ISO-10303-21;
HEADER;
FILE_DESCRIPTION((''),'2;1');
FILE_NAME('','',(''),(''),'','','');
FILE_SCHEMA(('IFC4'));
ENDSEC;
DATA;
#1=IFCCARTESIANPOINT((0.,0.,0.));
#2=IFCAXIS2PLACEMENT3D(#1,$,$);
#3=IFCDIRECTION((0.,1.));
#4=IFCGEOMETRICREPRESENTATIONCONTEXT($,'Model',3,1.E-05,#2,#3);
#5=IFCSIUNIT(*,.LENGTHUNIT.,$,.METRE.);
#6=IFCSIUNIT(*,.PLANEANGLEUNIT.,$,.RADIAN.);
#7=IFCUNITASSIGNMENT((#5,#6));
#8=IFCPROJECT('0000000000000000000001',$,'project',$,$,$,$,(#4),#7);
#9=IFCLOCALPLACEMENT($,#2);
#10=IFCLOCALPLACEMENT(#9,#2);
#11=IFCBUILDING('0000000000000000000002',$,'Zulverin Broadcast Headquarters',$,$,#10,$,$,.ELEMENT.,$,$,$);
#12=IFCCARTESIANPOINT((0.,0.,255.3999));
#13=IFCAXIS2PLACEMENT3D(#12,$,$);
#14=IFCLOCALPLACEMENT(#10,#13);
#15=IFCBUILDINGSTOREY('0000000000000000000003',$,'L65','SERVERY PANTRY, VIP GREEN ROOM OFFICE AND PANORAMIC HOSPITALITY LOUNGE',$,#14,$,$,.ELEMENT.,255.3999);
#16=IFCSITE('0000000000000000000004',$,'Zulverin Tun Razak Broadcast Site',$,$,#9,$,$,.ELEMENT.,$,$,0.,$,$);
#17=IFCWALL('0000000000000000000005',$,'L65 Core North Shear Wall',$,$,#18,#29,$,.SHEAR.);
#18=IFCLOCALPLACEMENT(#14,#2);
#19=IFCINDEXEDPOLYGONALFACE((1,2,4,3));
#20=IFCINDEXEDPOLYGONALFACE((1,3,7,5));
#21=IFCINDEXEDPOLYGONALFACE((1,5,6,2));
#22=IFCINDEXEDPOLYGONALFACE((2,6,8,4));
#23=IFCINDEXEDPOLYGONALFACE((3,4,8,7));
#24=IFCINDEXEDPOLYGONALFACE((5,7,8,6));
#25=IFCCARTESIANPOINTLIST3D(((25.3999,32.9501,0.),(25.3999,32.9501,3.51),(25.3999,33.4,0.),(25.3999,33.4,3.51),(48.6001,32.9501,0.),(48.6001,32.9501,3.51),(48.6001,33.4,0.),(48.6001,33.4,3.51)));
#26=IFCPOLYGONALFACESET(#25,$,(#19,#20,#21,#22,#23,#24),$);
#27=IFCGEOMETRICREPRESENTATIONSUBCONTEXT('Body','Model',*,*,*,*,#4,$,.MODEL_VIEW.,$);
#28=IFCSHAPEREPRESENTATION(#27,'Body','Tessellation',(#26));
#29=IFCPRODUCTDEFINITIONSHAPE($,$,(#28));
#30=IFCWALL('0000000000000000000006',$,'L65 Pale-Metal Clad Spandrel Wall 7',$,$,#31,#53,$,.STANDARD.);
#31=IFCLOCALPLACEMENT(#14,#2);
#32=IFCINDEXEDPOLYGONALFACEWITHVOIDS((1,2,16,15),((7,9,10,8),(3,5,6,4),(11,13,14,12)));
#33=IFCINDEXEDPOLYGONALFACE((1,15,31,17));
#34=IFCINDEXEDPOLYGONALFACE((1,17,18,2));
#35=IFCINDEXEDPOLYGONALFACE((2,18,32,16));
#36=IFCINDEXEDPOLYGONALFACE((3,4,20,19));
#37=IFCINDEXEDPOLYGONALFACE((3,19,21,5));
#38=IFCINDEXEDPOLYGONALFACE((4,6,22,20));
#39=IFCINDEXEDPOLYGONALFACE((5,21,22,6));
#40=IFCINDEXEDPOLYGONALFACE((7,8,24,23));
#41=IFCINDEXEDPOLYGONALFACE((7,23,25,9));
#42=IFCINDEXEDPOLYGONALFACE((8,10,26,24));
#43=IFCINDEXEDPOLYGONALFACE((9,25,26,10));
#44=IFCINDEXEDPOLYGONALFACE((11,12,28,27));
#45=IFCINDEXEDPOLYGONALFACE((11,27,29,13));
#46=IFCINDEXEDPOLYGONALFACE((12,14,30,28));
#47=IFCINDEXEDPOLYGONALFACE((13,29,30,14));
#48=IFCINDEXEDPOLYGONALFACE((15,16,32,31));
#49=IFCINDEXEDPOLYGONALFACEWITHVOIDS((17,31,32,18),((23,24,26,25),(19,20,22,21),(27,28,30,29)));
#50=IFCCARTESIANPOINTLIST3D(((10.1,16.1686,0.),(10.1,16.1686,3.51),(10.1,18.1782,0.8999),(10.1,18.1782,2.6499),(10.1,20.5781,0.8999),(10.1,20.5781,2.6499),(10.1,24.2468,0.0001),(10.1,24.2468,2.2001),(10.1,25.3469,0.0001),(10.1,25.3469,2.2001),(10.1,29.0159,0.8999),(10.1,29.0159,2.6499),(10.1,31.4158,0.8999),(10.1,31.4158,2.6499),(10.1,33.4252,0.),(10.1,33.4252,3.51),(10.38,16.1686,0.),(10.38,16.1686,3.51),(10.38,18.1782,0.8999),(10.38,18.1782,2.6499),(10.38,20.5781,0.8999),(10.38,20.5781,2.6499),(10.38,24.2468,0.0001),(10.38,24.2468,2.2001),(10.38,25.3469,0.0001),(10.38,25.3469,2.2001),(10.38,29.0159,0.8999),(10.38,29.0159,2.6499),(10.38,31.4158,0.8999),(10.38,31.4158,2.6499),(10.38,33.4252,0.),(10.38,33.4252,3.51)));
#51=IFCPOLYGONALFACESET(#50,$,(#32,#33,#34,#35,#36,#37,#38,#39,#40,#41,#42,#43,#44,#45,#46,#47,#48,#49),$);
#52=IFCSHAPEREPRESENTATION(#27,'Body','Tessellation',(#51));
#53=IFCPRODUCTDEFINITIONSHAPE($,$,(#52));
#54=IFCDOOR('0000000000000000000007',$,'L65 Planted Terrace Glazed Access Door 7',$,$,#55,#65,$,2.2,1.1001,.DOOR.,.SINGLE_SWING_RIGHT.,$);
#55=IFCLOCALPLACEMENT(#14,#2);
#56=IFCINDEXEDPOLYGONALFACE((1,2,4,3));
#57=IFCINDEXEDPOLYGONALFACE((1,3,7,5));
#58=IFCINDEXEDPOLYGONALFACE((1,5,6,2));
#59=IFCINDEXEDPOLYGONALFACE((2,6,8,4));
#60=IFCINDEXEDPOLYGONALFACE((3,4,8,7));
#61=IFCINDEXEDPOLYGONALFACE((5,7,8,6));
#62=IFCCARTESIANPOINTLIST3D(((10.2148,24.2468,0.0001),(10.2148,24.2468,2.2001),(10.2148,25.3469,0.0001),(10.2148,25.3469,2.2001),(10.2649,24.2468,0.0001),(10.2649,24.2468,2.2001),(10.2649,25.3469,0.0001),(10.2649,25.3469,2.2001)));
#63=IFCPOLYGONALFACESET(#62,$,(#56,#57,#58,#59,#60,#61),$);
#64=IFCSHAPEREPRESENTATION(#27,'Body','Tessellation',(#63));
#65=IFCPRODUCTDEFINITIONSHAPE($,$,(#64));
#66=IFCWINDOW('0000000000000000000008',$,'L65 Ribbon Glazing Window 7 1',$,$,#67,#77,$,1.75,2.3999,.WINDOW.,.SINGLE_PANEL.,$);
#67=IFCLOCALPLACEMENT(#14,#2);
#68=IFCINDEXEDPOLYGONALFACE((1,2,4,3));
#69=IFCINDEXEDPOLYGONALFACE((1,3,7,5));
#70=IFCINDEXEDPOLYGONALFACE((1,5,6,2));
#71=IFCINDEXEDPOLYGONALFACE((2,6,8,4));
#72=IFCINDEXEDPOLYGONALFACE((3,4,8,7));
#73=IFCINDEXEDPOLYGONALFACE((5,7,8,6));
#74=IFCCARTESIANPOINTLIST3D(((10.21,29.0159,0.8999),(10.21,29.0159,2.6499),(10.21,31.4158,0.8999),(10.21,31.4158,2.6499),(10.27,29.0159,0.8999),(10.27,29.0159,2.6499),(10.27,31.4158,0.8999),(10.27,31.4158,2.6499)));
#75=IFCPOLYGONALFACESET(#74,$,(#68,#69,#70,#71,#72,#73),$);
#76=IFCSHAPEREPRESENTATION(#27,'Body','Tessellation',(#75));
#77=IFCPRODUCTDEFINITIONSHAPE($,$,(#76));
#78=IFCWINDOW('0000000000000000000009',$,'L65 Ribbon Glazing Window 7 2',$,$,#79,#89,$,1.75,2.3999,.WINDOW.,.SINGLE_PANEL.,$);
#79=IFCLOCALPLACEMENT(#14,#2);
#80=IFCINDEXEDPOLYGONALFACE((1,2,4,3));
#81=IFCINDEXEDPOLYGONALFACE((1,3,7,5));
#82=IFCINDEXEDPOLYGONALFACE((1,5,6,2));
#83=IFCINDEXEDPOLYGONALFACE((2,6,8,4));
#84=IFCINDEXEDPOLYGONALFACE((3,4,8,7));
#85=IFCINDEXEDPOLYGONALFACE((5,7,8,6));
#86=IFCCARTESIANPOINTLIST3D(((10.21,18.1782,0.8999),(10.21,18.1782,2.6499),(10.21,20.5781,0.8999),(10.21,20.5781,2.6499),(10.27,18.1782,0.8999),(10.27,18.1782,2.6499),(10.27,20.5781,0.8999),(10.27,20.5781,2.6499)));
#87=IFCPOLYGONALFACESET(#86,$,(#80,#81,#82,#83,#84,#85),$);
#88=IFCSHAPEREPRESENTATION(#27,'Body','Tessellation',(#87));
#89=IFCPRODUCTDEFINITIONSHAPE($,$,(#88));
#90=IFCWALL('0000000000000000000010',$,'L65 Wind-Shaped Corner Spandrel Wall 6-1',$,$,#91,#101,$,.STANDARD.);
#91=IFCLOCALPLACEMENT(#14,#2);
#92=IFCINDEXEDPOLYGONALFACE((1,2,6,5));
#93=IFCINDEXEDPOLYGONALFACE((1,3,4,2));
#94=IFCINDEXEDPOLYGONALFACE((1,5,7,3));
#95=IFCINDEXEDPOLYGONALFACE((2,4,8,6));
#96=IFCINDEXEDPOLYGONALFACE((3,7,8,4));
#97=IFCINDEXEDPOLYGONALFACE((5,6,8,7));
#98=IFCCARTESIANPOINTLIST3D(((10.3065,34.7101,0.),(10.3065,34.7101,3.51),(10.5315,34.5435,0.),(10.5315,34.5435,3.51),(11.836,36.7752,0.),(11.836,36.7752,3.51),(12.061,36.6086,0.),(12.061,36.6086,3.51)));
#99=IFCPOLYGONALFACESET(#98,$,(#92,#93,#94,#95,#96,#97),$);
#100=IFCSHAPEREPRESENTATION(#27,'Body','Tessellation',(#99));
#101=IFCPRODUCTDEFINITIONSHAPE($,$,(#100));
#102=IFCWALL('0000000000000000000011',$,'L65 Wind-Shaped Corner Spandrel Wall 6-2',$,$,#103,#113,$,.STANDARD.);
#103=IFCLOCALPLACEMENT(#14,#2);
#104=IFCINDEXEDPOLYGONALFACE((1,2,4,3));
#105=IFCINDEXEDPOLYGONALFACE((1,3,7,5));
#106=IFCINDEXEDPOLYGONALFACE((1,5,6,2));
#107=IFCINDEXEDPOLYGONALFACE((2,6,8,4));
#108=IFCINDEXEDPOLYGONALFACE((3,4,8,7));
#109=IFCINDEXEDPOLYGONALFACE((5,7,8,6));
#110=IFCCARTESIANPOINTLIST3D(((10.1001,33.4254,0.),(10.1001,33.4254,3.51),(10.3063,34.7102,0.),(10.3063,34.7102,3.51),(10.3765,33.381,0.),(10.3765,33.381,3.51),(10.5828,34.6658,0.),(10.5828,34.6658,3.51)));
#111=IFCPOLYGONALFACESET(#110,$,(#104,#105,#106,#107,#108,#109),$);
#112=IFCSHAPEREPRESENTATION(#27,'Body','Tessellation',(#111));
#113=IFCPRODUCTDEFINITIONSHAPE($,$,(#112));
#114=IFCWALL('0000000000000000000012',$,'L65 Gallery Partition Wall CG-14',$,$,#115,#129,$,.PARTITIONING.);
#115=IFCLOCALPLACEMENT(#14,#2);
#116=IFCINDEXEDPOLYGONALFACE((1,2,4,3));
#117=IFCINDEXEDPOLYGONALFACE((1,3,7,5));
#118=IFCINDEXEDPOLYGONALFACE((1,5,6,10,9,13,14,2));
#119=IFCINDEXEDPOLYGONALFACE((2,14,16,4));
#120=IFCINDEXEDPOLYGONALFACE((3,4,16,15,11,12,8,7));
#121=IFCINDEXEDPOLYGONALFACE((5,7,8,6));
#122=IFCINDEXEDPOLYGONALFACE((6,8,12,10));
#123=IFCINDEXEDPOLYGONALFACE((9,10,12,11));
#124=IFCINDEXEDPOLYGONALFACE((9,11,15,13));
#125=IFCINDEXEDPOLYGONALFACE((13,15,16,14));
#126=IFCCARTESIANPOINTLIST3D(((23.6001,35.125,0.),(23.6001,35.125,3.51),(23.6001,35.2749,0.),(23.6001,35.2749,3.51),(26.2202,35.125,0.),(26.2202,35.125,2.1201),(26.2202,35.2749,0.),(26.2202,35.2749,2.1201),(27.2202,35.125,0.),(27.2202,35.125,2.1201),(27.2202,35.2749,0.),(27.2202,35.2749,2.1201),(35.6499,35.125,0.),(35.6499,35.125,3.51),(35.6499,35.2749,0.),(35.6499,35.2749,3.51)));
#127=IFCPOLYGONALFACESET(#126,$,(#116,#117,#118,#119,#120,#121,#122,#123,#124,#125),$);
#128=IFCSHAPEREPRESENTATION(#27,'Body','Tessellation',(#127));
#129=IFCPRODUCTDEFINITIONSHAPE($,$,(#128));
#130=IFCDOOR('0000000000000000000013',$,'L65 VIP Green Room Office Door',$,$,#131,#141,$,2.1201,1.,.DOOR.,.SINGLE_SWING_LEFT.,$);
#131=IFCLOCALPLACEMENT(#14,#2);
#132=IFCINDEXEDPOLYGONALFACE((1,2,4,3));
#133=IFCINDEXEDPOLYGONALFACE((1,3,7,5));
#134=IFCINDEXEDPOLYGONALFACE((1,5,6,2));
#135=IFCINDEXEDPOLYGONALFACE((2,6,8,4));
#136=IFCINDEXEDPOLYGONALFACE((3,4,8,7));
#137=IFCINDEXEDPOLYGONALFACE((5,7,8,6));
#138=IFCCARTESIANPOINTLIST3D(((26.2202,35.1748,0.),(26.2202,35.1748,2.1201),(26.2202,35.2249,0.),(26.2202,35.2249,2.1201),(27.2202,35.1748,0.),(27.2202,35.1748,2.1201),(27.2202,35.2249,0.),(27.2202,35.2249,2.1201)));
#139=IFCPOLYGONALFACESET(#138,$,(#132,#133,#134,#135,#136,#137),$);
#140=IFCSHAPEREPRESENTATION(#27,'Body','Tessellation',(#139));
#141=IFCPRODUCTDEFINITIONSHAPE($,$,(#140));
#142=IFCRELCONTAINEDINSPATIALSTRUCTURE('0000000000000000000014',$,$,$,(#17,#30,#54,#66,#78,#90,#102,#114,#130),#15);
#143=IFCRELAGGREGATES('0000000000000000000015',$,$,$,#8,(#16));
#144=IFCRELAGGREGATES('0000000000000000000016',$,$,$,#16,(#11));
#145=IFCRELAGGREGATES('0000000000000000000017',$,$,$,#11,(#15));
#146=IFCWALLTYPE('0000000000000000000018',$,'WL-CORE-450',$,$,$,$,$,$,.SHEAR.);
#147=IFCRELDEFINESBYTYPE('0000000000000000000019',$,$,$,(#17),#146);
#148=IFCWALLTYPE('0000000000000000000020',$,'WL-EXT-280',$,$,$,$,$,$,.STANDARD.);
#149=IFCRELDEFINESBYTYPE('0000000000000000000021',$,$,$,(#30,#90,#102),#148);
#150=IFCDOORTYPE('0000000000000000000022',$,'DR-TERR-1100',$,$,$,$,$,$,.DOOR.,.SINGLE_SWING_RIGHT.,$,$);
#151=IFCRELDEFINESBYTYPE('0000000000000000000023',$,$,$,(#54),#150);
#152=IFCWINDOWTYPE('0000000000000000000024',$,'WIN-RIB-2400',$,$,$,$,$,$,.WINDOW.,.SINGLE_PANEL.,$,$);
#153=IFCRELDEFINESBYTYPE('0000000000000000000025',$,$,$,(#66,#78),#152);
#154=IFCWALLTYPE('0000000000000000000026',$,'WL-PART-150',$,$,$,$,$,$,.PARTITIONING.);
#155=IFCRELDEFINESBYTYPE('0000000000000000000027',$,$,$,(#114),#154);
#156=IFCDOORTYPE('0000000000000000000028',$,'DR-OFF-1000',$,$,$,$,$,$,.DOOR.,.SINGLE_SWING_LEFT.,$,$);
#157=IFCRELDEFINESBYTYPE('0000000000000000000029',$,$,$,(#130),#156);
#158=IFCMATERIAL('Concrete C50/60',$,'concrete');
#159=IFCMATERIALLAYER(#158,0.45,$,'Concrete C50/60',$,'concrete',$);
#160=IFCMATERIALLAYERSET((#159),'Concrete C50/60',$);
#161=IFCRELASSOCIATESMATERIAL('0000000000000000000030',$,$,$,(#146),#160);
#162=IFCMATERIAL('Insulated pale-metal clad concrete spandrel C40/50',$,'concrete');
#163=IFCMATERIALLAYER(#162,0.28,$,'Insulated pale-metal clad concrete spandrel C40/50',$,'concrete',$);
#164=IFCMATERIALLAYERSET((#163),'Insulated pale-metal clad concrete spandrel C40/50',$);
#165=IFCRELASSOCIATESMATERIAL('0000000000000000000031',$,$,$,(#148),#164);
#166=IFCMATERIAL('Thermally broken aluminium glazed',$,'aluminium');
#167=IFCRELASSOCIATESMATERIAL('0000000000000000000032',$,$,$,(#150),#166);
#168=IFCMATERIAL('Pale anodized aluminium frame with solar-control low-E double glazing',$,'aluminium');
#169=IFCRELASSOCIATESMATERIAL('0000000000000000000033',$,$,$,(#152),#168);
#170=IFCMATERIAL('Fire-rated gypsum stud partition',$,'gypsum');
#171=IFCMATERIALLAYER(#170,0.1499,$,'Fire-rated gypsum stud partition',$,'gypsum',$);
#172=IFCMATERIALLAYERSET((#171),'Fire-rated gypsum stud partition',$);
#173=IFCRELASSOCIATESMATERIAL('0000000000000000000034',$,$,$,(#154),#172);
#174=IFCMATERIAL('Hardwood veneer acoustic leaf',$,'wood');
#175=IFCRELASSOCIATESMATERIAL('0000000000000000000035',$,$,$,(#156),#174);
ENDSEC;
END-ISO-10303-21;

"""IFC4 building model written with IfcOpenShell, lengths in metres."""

from ifc_helpers import new_model, si_unit, direction, frame, frame_2d, origin, place, context, subcontext, project, spatial, rectangle, extrude, material, layer, layer_set, type_object, element, fill, save


model = new_model("IFC4")

# Units and contexts
model_context = context("Model", 3, precision=1e-05, world=origin(), true_north=direction((0.0, 1.0)))
body_context = subcontext(model_context, "Body", "Model", "MODEL_VIEW")
ifc_project = project(units=[si_unit("LENGTHUNIT", "METRE"), si_unit("PLANEANGLEUNIT", "RADIAN")], contexts=[model_context])

# Site, building, storey
site_placement = place(None, origin())
site = spatial("IfcSite", under=ifc_project, at=site_placement, Name="Zulverin Tun Razak Broadcast Site", CompositionType="ELEMENT", RefElevation=0.0)
building_placement = place(site_placement, origin())
building = spatial("IfcBuilding", under=site, at=building_placement, Name="Zulverin Broadcast Headquarters", CompositionType="ELEMENT")
storey_placement = place(building_placement, frame((0.0, 0.0, 255.3999)))
storey = spatial("IfcBuildingStorey", under=building, at=storey_placement, Name="L65", Description="SERVERY PANTRY, VIP GREEN ROOM OFFICE AND PANORAMIC HOSPITALITY LOUNGE", CompositionType="ELEMENT", Elevation=255.3999)

# Shared definitions
ifc_material_1 = material(Name="Concrete C50/60", Category="concrete")

# Wall
ifc_layer_1 = layer(ifc_material_1, 0.45, Name="Concrete C50/60", Category="concrete")
ifc_layer_set_1 = layer_set([ifc_layer_1], Name="Concrete C50/60")
wall_type_1 = type_object("IfcWallType", Name="WL-CORE-450", PredefinedType="SHEAR", material=ifc_layer_set_1)
wall_1_placement = place(storey_placement, frame((25.3999, 33.175, 0.0), z_axis=(0.0, 0.0, 1.0), x_axis=(1.0, 0.0, 0.0)))
element("IfcWall", 1, at=wall_1_placement, inside=storey, type_object=wall_type_1, Name="L65 Core North Shear Wall", PredefinedType="SHEAR", context=body_context, shape_type="SweptSolid", body=[
    extrude(rectangle(XDim=23.2002, YDim=0.45, at=frame_2d((11.6001, 0.0))), origin(), (0.0, 0.0, 1.0), 3.51),
])

# Wall, openings, door, windows
ifc_material_2 = material(Name="Insulated pale-metal clad concrete spandrel C40/50", Category="concrete")
ifc_layer_2 = layer(ifc_material_2, 0.28, Name="Insulated pale-metal clad concrete spandrel C40/50", Category="concrete")
ifc_layer_set_2 = layer_set([ifc_layer_2], Name="Insulated pale-metal clad concrete spandrel C40/50")
wall_type_2 = type_object("IfcWallType", Name="WL-EXT-280", PredefinedType="STANDARD", material=ifc_layer_set_2)
wall_2_placement = place(storey_placement, frame((10.24, 33.4253, 0.0), z_axis=(0.0, 0.0, 1.0), x_axis=(0.0, -1.0, 0.0)))
wall_2 = element("IfcWall", 2, at=wall_2_placement, inside=storey, type_object=wall_type_2, Name="L65 Pale-Metal Clad Spandrel Wall 7", PredefinedType="STANDARD", context=body_context, shape_type="SweptSolid", body=[
    extrude(rectangle(XDim=17.2566, YDim=0.28, at=frame_2d((8.6284, 0.0))), origin(), (0.0, 0.0, 1.0), 3.51),
])
opening_1_placement = place(wall_2_placement, frame((8.0784, 0.0, 0.0)))
opening_1 = element("IfcOpeningElement", 3, at=opening_1_placement, cuts=wall_2, PredefinedType="OPENING", context=body_context, shape_type="SweptSolid", body=[
    extrude(rectangle(XDim=1.1001, YDim=2.2, at=frame_2d((0.55, 1.1001))), frame((0.0, 0.1499, 0.0), z_axis=(0.0, -1.0, 0.0), x_axis=(1.0, 0.0, 0.0)), (0.0, 0.0, 1.0), 0.3),
])
opening_2_placement = place(wall_2_placement, frame((2.0095, 0.0, 0.8999)))
opening_2 = element("IfcOpeningElement", 4, at=opening_2_placement, cuts=wall_2, PredefinedType="OPENING", context=body_context, shape_type="SweptSolid", body=[
    extrude(rectangle(XDim=2.3999, YDim=1.75, at=frame_2d((1.2, 0.875))), frame((0.0, 0.1499, 0.0), z_axis=(0.0, -1.0, 0.0), x_axis=(1.0, 0.0, 0.0)), (0.0, 0.0, 1.0), 0.3),
])
opening_3_placement = place(wall_2_placement, frame((12.8472, 0.0, 0.8999)))
opening_3 = element("IfcOpeningElement", 5, at=opening_3_placement, cuts=wall_2, PredefinedType="OPENING", context=body_context, shape_type="SweptSolid", body=[
    extrude(rectangle(XDim=2.3999, YDim=1.75, at=frame_2d((1.2, 0.875))), frame((0.0, 0.1499, 0.0), z_axis=(0.0, -1.0, 0.0), x_axis=(1.0, 0.0, 0.0)), (0.0, 0.0, 1.0), 0.3),
])
ifc_material_3 = material(Name="Thermally broken aluminium glazed", Category="aluminium")
door_type_1 = type_object("IfcDoorType", Name="DR-TERR-1100", OperationType="SINGLE_SWING_RIGHT", PredefinedType="DOOR", material=ifc_material_3)
door_1_placement = place(opening_1_placement, origin())
door_1 = element("IfcDoor", 6, at=door_1_placement, inside=storey, type_object=door_type_1, Name="L65 Planted Terrace Glazed Access Door 7", OperationType="SINGLE_SWING_RIGHT", OverallHeight=2.2, OverallWidth=1.1001, PredefinedType="DOOR", context=body_context, shape_type="SweptSolid", body=[
    extrude(rectangle(XDim=1.1001, YDim=2.2, at=frame_2d((0.55, 1.1001))), frame((0.0, 0.0249, 0.0), z_axis=(0.0, -1.0, 0.0), x_axis=(1.0, 0.0, 0.0)), (0.0, 0.0, 1.0), 0.05),
])
fill(opening_1, door_1)
ifc_material_4 = material(Name="Pale anodized aluminium frame with solar-control low-E double glazing", Category="aluminium")
window_type = type_object("IfcWindowType", Name="WIN-RIB-2400", PartitioningType="SINGLE_PANEL", PredefinedType="WINDOW", material=ifc_material_4)
window_1_placement = place(opening_2_placement, origin())
window_1 = element("IfcWindow", 7, at=window_1_placement, inside=storey, type_object=window_type, Name="L65 Ribbon Glazing Window 7 1", OverallHeight=1.75, OverallWidth=2.3999, PartitioningType="SINGLE_PANEL", PredefinedType="WINDOW", context=body_context, shape_type="SweptSolid", body=[
    extrude(rectangle(XDim=2.3999, YDim=1.75, at=frame_2d((1.2, 0.875))), frame((0.0, 0.03, 0.0), z_axis=(0.0, -1.0, 0.0), x_axis=(1.0, 0.0, 0.0)), (0.0, 0.0, 1.0), 0.0601),
])
fill(opening_2, window_1)
window_2_placement = place(opening_3_placement, origin())
window_2 = element("IfcWindow", 8, at=window_2_placement, inside=storey, type_object=window_type, Name="L65 Ribbon Glazing Window 7 2", OverallHeight=1.75, OverallWidth=2.3999, PartitioningType="SINGLE_PANEL", PredefinedType="WINDOW", context=body_context, shape_type="SweptSolid", body=[
    extrude(rectangle(XDim=2.3999, YDim=1.75, at=frame_2d((1.2, 0.875))), frame((0.0, 0.03, 0.0), z_axis=(0.0, -1.0, 0.0), x_axis=(1.0, 0.0, 0.0)), (0.0, 0.0, 1.0), 0.0601),
])
fill(opening_3, window_2)

# Walls
wall_3_placement = place(storey_placement, frame((11.9485, 36.6919, 0.0), z_axis=(0.0, 0.0, 1.0), x_axis=(-0.595171, -0.803599, 0.0)))
element("IfcWall", 9, at=wall_3_placement, inside=storey, type_object=wall_type_2, Name="L65 Wind-Shaped Corner Spandrel Wall 6-1", PredefinedType="STANDARD", context=body_context, shape_type="SweptSolid", body=[
    extrude(rectangle(XDim=2.5698, YDim=0.28, at=frame_2d((1.2849, 0.0))), origin(), (0.0, 0.0, 1.0), 3.51),
])
wall_4_placement = place(storey_placement, frame((10.4446, 34.688, 0.0), z_axis=(0.0, 0.0, 1.0), x_axis=(-0.158525, -0.987355, 0.0)))
element("IfcWall", 10, at=wall_4_placement, inside=storey, type_object=wall_type_2, Name="L65 Wind-Shaped Corner Spandrel Wall 6-2", PredefinedType="STANDARD", context=body_context, shape_type="SweptSolid", body=[
    extrude(rectangle(XDim=1.3013, YDim=0.28, at=frame_2d((0.6506, 0.0))), origin(), (0.0, 0.0, 1.0), 3.51),
])

# Wall, opening, door
ifc_material_5 = material(Name="Fire-rated gypsum stud partition", Category="gypsum")
ifc_layer_3 = layer(ifc_material_5, 0.1499, Name="Fire-rated gypsum stud partition", Category="gypsum")
ifc_layer_set_3 = layer_set([ifc_layer_3], Name="Fire-rated gypsum stud partition")
wall_type_3 = type_object("IfcWallType", Name="WL-PART-150", PredefinedType="PARTITIONING", material=ifc_layer_set_3)
wall_5_placement = place(storey_placement, frame((23.6001, 35.2, 0.0), z_axis=(0.0, 0.0, 1.0), x_axis=(1.0, 0.0, 0.0)))
wall_5 = element("IfcWall", 11, at=wall_5_placement, inside=storey, type_object=wall_type_3, Name="L65 Gallery Partition Wall CG-14", PredefinedType="PARTITIONING", context=body_context, shape_type="SweptSolid", body=[
    extrude(rectangle(XDim=12.0498, YDim=0.1499, at=frame_2d((6.0249, 0.0))), origin(), (0.0, 0.0, 1.0), 3.51),
])
opening_4_placement = place(wall_5_placement, frame((2.6201, 0.0, 0.0)))
opening_4 = element("IfcOpeningElement", 12, at=opening_4_placement, cuts=wall_5, PredefinedType="OPENING", context=body_context, shape_type="SweptSolid", body=[
    extrude(rectangle(XDim=1.0, YDim=2.1201, at=frame_2d((0.5, 1.0601))), frame((0.0, 0.085, 0.0), z_axis=(0.0, -1.0, 0.0), x_axis=(1.0, 0.0, 0.0)), (0.0, 0.0, 1.0), 0.1699),
])
ifc_material_6 = material(Name="Hardwood veneer acoustic leaf", Category="wood")
door_type_2 = type_object("IfcDoorType", Name="DR-OFF-1000", OperationType="SINGLE_SWING_LEFT", PredefinedType="DOOR", material=ifc_material_6)
door_2_placement = place(opening_4_placement, origin())
door_2 = element("IfcDoor", 13, at=door_2_placement, inside=storey, type_object=door_type_2, Name="L65 VIP Green Room Office Door", OperationType="SINGLE_SWING_LEFT", OverallHeight=2.1201, OverallWidth=1.0, PredefinedType="DOOR", context=body_context, shape_type="SweptSolid", body=[
    extrude(rectangle(XDim=1.0, YDim=2.1201, at=frame_2d((0.5, 1.0601))), frame((0.0, 0.0249, 0.0), z_axis=(0.0, -1.0, 0.0), x_axis=(1.0, 0.0, 0.0)), (0.0, 0.0, 1.0), 0.05),
])
fill(opening_4, door_2)

save(model, "model.ifc")
